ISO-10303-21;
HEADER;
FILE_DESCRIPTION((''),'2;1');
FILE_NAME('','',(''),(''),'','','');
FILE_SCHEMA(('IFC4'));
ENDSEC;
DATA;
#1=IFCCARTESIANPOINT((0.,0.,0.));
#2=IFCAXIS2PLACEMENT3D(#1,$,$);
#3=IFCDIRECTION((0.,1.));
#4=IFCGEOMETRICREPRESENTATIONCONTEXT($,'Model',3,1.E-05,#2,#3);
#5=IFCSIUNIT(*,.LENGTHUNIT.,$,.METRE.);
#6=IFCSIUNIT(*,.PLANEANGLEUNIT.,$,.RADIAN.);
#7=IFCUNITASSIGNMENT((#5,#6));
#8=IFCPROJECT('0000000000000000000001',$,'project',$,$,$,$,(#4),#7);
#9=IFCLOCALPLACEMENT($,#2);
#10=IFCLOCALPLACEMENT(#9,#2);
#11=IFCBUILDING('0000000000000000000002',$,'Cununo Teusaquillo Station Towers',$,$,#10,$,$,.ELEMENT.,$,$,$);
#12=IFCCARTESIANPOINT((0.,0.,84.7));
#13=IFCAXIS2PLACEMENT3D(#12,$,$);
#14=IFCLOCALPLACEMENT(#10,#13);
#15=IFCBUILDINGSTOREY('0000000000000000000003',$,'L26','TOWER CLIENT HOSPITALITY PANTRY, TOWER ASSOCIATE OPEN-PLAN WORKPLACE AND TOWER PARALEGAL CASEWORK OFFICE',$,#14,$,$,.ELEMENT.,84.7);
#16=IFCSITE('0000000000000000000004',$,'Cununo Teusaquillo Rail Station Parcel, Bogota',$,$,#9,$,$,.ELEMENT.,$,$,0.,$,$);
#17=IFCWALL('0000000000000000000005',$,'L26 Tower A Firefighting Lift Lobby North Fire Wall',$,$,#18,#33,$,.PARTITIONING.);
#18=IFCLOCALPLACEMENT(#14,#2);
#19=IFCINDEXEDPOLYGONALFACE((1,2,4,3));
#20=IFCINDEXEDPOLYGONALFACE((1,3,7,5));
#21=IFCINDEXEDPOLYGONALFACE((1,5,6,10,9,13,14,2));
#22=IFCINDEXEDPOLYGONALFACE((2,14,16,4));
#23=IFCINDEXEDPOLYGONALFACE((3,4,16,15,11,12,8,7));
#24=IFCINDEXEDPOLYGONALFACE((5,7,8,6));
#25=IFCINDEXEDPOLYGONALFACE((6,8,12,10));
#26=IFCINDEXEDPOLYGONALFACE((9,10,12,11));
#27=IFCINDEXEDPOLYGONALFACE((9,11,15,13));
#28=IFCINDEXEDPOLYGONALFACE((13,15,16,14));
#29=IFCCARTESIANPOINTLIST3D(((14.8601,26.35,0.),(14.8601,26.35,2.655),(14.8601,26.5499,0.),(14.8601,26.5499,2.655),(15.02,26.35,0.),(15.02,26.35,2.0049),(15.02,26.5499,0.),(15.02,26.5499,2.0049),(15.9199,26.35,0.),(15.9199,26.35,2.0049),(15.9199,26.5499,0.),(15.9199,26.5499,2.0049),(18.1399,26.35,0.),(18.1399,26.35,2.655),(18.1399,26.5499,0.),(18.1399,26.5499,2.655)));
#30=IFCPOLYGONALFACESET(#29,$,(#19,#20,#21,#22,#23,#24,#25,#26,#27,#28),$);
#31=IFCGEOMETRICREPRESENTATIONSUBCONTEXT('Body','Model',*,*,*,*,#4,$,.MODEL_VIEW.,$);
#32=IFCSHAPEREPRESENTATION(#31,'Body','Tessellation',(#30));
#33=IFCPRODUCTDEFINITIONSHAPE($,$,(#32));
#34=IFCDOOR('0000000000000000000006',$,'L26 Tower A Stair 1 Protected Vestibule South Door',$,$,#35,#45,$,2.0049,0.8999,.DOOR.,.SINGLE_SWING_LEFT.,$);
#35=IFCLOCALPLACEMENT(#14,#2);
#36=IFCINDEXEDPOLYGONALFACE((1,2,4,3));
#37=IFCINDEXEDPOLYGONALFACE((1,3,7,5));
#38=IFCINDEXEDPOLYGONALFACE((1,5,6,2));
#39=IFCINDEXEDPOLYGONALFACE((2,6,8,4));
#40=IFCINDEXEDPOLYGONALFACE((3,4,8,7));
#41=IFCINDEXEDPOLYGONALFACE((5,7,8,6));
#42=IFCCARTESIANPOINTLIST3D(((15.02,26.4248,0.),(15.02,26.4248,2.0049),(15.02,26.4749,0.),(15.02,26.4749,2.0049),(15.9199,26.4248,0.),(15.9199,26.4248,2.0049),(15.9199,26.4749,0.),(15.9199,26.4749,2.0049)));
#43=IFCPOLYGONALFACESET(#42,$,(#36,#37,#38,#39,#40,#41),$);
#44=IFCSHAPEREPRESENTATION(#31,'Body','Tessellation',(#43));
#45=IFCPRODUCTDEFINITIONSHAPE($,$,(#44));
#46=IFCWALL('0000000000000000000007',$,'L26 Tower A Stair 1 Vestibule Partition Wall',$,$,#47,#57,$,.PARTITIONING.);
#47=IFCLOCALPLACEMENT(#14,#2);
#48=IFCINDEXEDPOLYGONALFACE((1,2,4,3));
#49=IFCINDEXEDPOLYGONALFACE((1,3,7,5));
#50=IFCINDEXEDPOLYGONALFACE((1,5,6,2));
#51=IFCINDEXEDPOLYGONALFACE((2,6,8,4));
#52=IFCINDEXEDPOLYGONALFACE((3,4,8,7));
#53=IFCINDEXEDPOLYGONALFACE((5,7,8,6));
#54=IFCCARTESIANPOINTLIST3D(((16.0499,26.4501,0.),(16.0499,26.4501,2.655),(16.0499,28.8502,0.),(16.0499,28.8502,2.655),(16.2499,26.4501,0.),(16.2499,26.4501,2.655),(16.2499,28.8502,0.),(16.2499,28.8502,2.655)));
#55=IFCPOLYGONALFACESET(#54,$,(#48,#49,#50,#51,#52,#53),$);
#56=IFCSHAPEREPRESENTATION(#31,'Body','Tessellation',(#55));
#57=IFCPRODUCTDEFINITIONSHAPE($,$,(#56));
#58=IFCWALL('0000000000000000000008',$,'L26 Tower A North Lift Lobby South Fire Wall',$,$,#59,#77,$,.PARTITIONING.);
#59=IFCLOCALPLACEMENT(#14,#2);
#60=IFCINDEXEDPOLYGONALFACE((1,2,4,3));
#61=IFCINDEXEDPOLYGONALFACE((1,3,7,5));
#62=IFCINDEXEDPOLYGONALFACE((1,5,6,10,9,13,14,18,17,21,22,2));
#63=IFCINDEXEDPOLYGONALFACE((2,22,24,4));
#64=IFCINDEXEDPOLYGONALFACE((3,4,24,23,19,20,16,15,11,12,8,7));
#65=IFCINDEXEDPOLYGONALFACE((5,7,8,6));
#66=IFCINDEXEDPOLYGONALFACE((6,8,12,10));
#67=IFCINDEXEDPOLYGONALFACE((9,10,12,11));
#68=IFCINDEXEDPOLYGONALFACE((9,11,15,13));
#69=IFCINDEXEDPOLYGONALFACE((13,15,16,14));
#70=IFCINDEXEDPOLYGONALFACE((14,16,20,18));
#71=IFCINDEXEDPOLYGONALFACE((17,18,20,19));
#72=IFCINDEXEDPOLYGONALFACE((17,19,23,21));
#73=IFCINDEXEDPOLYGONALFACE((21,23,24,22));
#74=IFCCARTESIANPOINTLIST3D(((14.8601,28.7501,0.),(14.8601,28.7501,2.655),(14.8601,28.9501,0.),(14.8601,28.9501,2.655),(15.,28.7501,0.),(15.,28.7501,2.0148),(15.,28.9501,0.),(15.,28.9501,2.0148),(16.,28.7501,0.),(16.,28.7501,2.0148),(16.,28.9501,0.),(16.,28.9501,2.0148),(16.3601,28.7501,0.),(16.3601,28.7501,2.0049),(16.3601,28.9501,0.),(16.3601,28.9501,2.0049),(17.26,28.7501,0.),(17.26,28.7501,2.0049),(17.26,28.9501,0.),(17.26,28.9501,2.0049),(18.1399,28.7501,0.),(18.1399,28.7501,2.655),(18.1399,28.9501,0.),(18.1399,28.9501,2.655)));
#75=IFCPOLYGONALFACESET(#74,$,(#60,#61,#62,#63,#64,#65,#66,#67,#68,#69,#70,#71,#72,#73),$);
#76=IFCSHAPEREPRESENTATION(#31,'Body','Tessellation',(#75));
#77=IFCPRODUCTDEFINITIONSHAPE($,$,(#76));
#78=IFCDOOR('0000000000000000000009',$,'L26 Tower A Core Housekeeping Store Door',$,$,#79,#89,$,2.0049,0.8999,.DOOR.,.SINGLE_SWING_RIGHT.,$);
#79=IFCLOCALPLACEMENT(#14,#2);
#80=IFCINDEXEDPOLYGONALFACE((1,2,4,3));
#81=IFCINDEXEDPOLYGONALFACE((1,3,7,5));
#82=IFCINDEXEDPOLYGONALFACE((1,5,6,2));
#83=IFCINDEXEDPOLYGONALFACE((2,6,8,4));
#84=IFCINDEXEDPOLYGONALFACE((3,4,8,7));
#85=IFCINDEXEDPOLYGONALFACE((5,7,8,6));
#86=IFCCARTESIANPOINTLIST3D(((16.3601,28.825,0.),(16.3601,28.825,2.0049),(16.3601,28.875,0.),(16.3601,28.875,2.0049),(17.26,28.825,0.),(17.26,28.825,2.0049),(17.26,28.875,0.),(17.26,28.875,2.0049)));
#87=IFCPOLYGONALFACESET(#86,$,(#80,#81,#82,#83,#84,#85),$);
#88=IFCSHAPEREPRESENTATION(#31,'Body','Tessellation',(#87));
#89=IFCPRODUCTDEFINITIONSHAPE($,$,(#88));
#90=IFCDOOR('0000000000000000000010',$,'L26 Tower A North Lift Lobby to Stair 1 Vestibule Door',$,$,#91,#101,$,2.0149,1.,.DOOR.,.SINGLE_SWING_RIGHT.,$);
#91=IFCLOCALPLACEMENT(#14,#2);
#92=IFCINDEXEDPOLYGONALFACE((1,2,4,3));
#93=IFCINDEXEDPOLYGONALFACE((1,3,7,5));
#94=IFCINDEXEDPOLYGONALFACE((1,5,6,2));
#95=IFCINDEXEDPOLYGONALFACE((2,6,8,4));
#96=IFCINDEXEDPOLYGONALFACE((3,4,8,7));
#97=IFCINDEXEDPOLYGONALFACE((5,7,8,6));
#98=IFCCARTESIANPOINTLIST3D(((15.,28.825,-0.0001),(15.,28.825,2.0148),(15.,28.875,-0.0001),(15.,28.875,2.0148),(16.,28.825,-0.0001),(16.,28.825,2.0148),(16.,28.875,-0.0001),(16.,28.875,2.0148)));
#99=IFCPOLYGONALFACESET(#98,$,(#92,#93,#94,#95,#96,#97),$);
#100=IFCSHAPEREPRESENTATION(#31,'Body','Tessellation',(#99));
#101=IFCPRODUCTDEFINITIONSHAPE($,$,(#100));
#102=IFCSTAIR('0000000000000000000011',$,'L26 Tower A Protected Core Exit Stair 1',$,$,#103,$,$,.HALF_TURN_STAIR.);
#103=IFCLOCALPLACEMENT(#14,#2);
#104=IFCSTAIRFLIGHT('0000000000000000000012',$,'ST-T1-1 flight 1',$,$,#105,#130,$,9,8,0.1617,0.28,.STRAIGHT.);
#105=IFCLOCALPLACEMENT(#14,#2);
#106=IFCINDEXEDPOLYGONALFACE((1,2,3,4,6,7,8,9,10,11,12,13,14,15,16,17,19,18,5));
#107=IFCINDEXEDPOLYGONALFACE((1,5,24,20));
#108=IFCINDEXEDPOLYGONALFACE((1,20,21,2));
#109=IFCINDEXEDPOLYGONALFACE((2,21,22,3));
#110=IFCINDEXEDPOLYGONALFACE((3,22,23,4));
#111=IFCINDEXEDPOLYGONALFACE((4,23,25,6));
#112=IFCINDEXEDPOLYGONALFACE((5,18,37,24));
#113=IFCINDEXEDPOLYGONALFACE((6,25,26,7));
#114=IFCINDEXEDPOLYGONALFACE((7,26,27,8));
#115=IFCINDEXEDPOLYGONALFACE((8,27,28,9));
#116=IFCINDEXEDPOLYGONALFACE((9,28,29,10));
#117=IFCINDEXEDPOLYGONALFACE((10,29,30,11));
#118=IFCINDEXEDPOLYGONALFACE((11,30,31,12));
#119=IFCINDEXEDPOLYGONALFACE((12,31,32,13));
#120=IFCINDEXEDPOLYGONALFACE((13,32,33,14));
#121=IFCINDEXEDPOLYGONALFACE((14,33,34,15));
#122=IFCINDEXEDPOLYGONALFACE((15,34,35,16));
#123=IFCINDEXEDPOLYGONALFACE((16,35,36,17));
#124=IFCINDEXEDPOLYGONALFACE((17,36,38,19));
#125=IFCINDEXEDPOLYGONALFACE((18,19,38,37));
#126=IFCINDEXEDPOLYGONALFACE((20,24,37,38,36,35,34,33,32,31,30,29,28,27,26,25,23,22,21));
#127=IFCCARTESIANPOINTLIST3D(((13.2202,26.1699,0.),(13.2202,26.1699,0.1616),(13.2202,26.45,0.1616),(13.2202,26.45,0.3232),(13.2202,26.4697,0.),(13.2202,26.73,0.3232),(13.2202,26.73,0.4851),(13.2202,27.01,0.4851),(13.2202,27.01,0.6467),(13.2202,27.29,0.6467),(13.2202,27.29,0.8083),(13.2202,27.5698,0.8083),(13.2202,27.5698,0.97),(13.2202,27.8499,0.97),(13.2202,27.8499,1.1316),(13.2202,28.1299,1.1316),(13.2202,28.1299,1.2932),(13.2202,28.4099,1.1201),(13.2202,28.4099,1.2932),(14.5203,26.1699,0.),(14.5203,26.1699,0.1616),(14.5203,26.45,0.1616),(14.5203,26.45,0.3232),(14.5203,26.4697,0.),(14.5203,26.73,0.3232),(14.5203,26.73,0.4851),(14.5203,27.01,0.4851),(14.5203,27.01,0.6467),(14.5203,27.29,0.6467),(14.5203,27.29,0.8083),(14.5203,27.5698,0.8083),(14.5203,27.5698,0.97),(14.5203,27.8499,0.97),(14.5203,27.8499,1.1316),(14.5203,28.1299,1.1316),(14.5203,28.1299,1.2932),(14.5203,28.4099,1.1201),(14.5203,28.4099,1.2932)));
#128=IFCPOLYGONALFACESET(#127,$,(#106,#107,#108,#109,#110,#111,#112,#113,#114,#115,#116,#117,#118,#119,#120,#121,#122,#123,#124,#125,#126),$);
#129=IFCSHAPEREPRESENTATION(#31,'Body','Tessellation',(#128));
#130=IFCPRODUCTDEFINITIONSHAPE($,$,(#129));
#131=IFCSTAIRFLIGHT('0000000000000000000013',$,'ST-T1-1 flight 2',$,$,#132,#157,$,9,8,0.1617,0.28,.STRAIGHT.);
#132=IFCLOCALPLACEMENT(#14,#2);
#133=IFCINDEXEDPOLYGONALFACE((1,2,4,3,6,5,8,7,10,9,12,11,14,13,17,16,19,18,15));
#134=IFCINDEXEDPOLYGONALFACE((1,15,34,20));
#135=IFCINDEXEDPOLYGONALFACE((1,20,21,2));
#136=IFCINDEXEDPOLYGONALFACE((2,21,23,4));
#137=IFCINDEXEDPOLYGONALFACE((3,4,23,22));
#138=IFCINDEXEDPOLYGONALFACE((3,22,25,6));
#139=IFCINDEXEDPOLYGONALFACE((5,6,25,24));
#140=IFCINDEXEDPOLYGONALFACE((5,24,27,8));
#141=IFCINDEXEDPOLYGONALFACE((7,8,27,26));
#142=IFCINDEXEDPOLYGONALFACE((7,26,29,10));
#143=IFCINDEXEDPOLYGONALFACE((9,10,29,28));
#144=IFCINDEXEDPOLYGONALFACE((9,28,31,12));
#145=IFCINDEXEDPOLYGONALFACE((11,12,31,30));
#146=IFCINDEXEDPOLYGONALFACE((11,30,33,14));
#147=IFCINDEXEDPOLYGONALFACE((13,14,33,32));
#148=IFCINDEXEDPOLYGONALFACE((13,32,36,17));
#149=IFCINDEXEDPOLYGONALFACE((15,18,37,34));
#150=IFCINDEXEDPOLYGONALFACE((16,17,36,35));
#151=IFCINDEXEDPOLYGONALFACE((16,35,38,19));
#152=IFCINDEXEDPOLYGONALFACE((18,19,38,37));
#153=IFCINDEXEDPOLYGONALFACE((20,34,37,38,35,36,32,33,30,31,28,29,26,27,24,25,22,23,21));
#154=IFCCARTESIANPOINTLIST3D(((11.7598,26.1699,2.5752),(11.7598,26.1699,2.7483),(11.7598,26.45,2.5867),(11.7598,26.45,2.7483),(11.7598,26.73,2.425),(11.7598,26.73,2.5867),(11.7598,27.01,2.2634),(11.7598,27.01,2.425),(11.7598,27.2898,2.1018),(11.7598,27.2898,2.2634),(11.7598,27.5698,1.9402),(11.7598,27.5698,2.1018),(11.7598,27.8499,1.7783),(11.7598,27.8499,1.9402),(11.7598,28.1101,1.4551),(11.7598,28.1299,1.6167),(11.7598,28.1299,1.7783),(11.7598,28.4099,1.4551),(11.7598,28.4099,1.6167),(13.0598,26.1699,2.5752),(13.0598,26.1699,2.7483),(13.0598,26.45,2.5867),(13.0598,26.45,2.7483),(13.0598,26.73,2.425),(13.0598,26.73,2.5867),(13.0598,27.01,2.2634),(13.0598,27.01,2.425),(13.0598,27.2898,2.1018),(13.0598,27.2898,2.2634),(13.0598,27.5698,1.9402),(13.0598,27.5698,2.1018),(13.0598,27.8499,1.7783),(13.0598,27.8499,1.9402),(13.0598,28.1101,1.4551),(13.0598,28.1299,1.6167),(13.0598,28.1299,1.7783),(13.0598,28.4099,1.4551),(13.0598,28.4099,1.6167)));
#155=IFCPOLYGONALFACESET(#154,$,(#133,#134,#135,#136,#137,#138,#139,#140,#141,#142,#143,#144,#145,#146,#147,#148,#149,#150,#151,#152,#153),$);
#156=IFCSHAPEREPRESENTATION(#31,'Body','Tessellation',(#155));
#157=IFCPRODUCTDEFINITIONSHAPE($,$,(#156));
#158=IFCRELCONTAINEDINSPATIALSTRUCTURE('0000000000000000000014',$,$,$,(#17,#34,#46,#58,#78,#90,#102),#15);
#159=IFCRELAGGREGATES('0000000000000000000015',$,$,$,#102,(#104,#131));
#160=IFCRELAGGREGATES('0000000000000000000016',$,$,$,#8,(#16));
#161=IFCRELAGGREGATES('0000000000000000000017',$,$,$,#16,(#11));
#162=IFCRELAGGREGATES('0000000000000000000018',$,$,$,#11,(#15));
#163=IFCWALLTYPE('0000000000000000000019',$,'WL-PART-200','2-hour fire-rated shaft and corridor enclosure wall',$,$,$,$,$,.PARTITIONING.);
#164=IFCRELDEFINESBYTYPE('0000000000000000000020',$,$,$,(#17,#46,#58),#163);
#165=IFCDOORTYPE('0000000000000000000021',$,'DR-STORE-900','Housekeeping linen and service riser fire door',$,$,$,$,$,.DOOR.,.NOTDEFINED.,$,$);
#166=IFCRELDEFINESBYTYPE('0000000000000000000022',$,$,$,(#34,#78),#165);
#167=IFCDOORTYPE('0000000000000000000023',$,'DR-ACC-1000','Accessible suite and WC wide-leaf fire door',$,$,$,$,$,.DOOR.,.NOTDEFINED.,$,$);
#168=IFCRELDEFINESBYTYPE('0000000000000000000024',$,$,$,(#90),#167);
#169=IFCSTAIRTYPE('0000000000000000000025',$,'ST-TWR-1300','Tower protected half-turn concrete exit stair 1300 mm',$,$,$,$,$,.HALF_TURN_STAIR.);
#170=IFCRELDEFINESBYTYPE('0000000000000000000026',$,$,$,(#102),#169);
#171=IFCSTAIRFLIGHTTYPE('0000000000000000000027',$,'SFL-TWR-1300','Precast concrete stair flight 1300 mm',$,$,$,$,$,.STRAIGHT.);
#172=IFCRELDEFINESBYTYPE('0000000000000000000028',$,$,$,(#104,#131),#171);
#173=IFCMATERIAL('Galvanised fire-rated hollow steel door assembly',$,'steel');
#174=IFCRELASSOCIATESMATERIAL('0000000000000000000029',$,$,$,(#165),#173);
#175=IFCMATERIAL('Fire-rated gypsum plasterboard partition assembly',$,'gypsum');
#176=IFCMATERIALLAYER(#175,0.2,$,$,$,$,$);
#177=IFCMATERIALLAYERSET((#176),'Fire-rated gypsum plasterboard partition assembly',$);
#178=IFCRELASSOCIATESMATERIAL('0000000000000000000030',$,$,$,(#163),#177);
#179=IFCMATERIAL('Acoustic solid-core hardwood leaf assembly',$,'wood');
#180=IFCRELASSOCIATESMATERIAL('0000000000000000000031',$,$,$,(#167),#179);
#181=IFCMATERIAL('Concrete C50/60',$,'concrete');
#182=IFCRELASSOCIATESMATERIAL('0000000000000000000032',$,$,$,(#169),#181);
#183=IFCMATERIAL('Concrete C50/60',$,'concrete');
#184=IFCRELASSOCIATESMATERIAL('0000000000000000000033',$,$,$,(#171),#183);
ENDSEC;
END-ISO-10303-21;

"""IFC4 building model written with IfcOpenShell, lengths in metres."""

from ifc_helpers import new_model, si_unit, direction, frame, frame_2d, origin, place, context, subcontext, project, spatial, polyline, rectangle, outline, extrude, source, transform, mapped, material, layer, layer_set, type_object, element, fill, aggregate, save


model = new_model("IFC4")

# Units and contexts
model_context = context("Model", 3, precision=1e-05, world=origin(), true_north=direction((0.0, 1.0)))
body_context = subcontext(model_context, "Body", "Model", "MODEL_VIEW")
ifc_project = project(units=[si_unit("LENGTHUNIT", "METRE"), si_unit("PLANEANGLEUNIT", "RADIAN")], contexts=[model_context])

# Site, building, storey
site_placement = place(None, origin())
site = spatial("IfcSite", under=ifc_project, at=site_placement, Name="Cununo Teusaquillo Rail Station Parcel, Bogota", CompositionType="ELEMENT", RefElevation=0.0)
building_placement = place(site_placement, origin())
building = spatial("IfcBuilding", under=site, at=building_placement, Name="Cununo Teusaquillo Station Towers", CompositionType="ELEMENT")
storey_placement = place(building_placement, frame((0.0, 0.0, 84.7)))
storey = spatial("IfcBuildingStorey", under=building, at=storey_placement, Name="L26", Description="TOWER CLIENT HOSPITALITY PANTRY, TOWER ASSOCIATE OPEN-PLAN WORKPLACE AND TOWER PARALEGAL CASEWORK OFFICE", CompositionType="ELEMENT", Elevation=84.7)

# Shared definitions
ifc_material_1 = material(Name="Galvanised fire-rated hollow steel door assembly", Category="steel")
door_type_1 = type_object("IfcDoorType", Name="DR-STORE-900", Description="Housekeeping linen and service riser fire door", OperationType="NOTDEFINED", PredefinedType="DOOR", material=ifc_material_1)
shared_shape_1 = source(origin(), body_context, "Body", "SweptSolid", [
    extrude(rectangle(XDim=0.8999, YDim=2.0049, at=frame_2d((0.45, 1.0024))), frame((0.0, 0.0249, 0.0), z_axis=(0.0, -1.0, 0.0), x_axis=(1.0, 0.0, 0.0)), (0.0, 0.0, 1.0), 0.05),
])

# Wall, opening, door
ifc_material_2 = material(Name="Fire-rated gypsum plasterboard partition assembly", Category="gypsum")
ifc_layer_1 = layer(ifc_material_2, 0.2)
ifc_layer_set_1 = layer_set([ifc_layer_1], Name="Fire-rated gypsum plasterboard partition assembly")
wall_type_1 = type_object("IfcWallType", Name="WL-PART-200", Description="2-hour fire-rated shaft and corridor enclosure wall", PredefinedType="PARTITIONING", material=ifc_layer_set_1)
wall_1_placement = place(storey_placement, frame((14.8601, 26.45, 0.0), z_axis=(0.0, 0.0, 1.0), x_axis=(1.0, 0.0, 0.0)))
wall_1 = element("IfcWall", 1, at=wall_1_placement, inside=storey, type_object=wall_type_1, Name="L26 Tower A Firefighting Lift Lobby North Fire Wall", PredefinedType="PARTITIONING", context=body_context, shape_type="SweptSolid", body=[
    extrude(rectangle(XDim=3.2798, YDim=0.2, at=frame_2d((1.6399, 0.0))), origin(), (0.0, 0.0, 1.0), 2.655),
])
shared_shape_2 = source(origin(), body_context, "Body", "SweptSolid", [
    extrude(rectangle(XDim=0.8999, YDim=2.0049, at=frame_2d((0.45, 1.0024))), frame((0.0, 0.1099, 0.0), z_axis=(0.0, -1.0, 0.0), x_axis=(1.0, 0.0, 0.0)), (0.0, 0.0, 1.0), 0.22),
])
opening_1_placement = place(wall_1_placement, frame((0.1599, 0.0, 0.0)))
opening_1 = element("IfcOpeningElement", 2, at=opening_1_placement, cuts=wall_1, PredefinedType="OPENING", context=body_context, shape_type="MappedRepresentation", body=[
    mapped(shared_shape_2, transform((0.0, 0.0, 0.0), x_axis=(1.0, 0.0, 0.0), y_axis=(0.0, 1.0, 0.0), z_axis=(0.0, 0.0, 1.0), scale=1.0)),
])
door_1_placement = place(opening_1_placement, origin())
door_1 = element("IfcDoor", 3, at=door_1_placement, inside=storey, type_object=door_type_1, Name="L26 Tower A Stair 1 Protected Vestibule South Door", OperationType="SINGLE_SWING_LEFT", OverallHeight=2.0049, OverallWidth=0.8999, PredefinedType="DOOR", context=body_context, shape_type="MappedRepresentation", body=[
    mapped(shared_shape_1, transform((0.0, 0.0, 0.0), x_axis=(1.0, 0.0, 0.0), y_axis=(0.0, 1.0, 0.0), z_axis=(0.0, 0.0, 1.0), scale=1.0)),
])
fill(opening_1, door_1)

# Wall
wall_2_placement = place(storey_placement, frame((16.1499, 26.45, 0.0), z_axis=(0.0, 0.0, 1.0), x_axis=(0.0, 1.0, 0.0)))
element("IfcWall", 4, at=wall_2_placement, inside=storey, type_object=wall_type_1, Name="L26 Tower A Stair 1 Vestibule Partition Wall", PredefinedType="PARTITIONING", context=body_context, shape_type="SweptSolid", body=[
    extrude(rectangle(XDim=2.4001, YDim=0.2, at=frame_2d((1.2002, 0.0))), origin(), (0.0, 0.0, 1.0), 2.655),
])

# Wall, openings, doors
wall_3_placement = place(storey_placement, frame((14.8601, 28.8501, 0.0), z_axis=(0.0, 0.0, 1.0), x_axis=(1.0, 0.0, 0.0)))
wall_3 = element("IfcWall", 5, at=wall_3_placement, inside=storey, type_object=wall_type_1, Name="L26 Tower A North Lift Lobby South Fire Wall", PredefinedType="PARTITIONING", context=body_context, shape_type="SweptSolid", body=[
    extrude(rectangle(XDim=3.2798, YDim=0.2, at=frame_2d((1.6399, 0.0))), origin(), (0.0, 0.0, 1.0), 2.655),
])
shared_shape_3 = source(origin(), body_context, "Body", "SweptSolid", [
    extrude(rectangle(XDim=1.0, YDim=2.0149, at=frame_2d((0.5, 1.0073))), frame((0.0, 0.1099, 0.0), z_axis=(0.0, -1.0, 0.0), x_axis=(1.0, 0.0, 0.0)), (0.0, 0.0, 1.0), 0.22),
])
opening_2_placement = place(wall_3_placement, frame((0.1399, 0.0, 0.0)))
opening_2 = element("IfcOpeningElement", 6, at=opening_2_placement, cuts=wall_3, PredefinedType="OPENING", context=body_context, shape_type="MappedRepresentation", body=[
    mapped(shared_shape_3, transform((0.0, 0.0, 0.0), x_axis=(1.0, 0.0, 0.0), y_axis=(0.0, 1.0, 0.0), z_axis=(0.0, 0.0, 1.0), scale=1.0)),
])
opening_3_placement = place(wall_3_placement, frame((1.5, 0.0, 0.0)))
opening_3 = element("IfcOpeningElement", 7, at=opening_3_placement, cuts=wall_3, PredefinedType="OPENING", context=body_context, shape_type="MappedRepresentation", body=[
    mapped(shared_shape_2, transform((0.0, 0.0, 0.0), x_axis=(1.0, 0.0, 0.0), y_axis=(0.0, 1.0, 0.0), z_axis=(0.0, 0.0, 1.0), scale=1.0)),
])
door_2_placement = place(opening_3_placement, origin())
door_2 = element("IfcDoor", 8, at=door_2_placement, inside=storey, type_object=door_type_1, Name="L26 Tower A Core Housekeeping Store Door", OperationType="SINGLE_SWING_RIGHT", OverallHeight=2.0049, OverallWidth=0.8999, PredefinedType="DOOR", context=body_context, shape_type="MappedRepresentation", body=[
    mapped(shared_shape_1, transform((0.0, 0.0, 0.0), x_axis=(1.0, 0.0, 0.0), y_axis=(0.0, 1.0, 0.0), z_axis=(0.0, 0.0, 1.0), scale=1.0)),
])
fill(opening_3, door_2)
ifc_material_3 = material(Name="Acoustic solid-core hardwood leaf assembly", Category="wood")
door_type_2 = type_object("IfcDoorType", Name="DR-ACC-1000", Description="Accessible suite and WC wide-leaf fire door", OperationType="NOTDEFINED", PredefinedType="DOOR", material=ifc_material_3)
shared_shape_4 = source(origin(), body_context, "Body", "SweptSolid", [
    extrude(rectangle(XDim=1.0, YDim=2.0149, at=frame_2d((0.5, 1.0073))), frame((0.0, 0.0249, 0.0), z_axis=(0.0, -1.0, 0.0), x_axis=(1.0, 0.0, 0.0)), (0.0, 0.0, 1.0), 0.05),
])
door_3_placement = place(opening_2_placement, origin())
door_3 = element("IfcDoor", 9, at=door_3_placement, inside=storey, type_object=door_type_2, Name="L26 Tower A North Lift Lobby to Stair 1 Vestibule Door", OperationType="SINGLE_SWING_RIGHT", OverallHeight=2.0149, OverallWidth=1.0, PredefinedType="DOOR", context=body_context, shape_type="MappedRepresentation", body=[
    mapped(shared_shape_4, transform((0.0, 0.0, 0.0), x_axis=(1.0, 0.0, 0.0), y_axis=(0.0, 1.0, 0.0), z_axis=(0.0, 0.0, 1.0), scale=1.0)),
])
fill(opening_2, door_3)

# Stair, stair flights
ifc_material_4 = material(Name="Concrete C50/60", Category="concrete")
stair_type = type_object("IfcStairType", Name="ST-TWR-1300", Description="Tower protected half-turn concrete exit stair 1300 mm", PredefinedType="HALF_TURN_STAIR", material=ifc_material_4)
stair_placement = place(storey_placement, origin())
stair = element("IfcStair", 10, at=stair_placement, inside=storey, type_object=stair_type, Name="L26 Tower A Protected Core Exit Stair 1", PredefinedType="HALF_TURN_STAIR")
ifc_material_5 = material(Name="Concrete C50/60", Category="concrete")
stair_flight_type = type_object("IfcStairFlightType", Name="SFL-TWR-1300", Description="Precast concrete stair flight 1300 mm", PredefinedType="STRAIGHT", material=ifc_material_5)
stair_flight_1_placement = place(storey_placement, frame((13.8701, 26.1699, 0.0), z_axis=(0.0, 0.0, 1.0), x_axis=(0.0, 1.0, 0.0)))
stair_flight_1 = element("IfcStairFlight", 11, at=stair_flight_1_placement, type_object=stair_flight_type, Name="ST-T1-1 flight 1", NumberOfRisers=9, NumberOfTreads=8, PredefinedType="STRAIGHT", RiserHeight=0.1617, TreadLength=0.28, context=body_context, shape_type="SweptSolid", body=[
    extrude(outline(polyline([(0.0, 0.0), (0.0, 0.1616), (0.28, 0.1616), (0.28, 0.3232), (0.5601, 0.3232), (0.5601, 0.4851), (0.8401, 0.4851), (0.8401, 0.6467), (1.1201, 0.6467), (1.1201, 0.8083), (1.3999, 0.8083), (1.3999, 0.97), (1.6799, 0.97), (1.6799, 1.1316), (1.96, 1.1316), (1.96, 1.2932), (2.24, 1.2932), (2.24, 1.4551), (2.24, 1.1201), (0.2998, 0.0), (0.0, 0.0)])), frame((0.0, 0.6499, 0.0), z_axis=(0.0, -1.0, 0.0), x_axis=(1.0, 0.0, 0.0)), (0.0, 0.0, 1.0), 1.3),
])
stair_flight_2_placement = place(storey_placement, frame((12.4099, 28.4099, 1.4551), z_axis=(0.0, 0.0, 1.0), x_axis=(0.0, -1.0, 0.0)))
stair_flight_2 = element("IfcStairFlight", 12, at=stair_flight_2_placement, type_object=stair_flight_type, Name="ST-T1-1 flight 2", NumberOfRisers=9, NumberOfTreads=8, PredefinedType="STRAIGHT", RiserHeight=0.1617, TreadLength=0.28, context=body_context, shape_type="SweptSolid", body=[
    extrude(outline(polyline([(0.0, 0.0), (0.0, 0.1616), (0.28, 0.1616), (0.28, 0.3232), (0.5601, 0.3232), (0.5601, 0.4851), (0.8401, 0.4851), (0.8401, 0.6467), (1.1201, 0.6467), (1.1201, 0.8083), (1.3999, 0.8083), (1.3999, 0.97), (1.6799, 0.97), (1.6799, 1.1316), (1.96, 1.1316), (1.96, 1.2932), (2.24, 1.2932), (2.24, 1.4551), (2.24, 1.1201), (0.2998, 0.0), (0.0, 0.0)])), frame((0.0, 0.6499, 0.0), z_axis=(0.0, -1.0, 0.0), x_axis=(1.0, 0.0, 0.0)), (0.0, 0.0, 1.0), 1.3),
])
aggregate(stair, [stair_flight_1, stair_flight_2])

save(model, "model.ifc")
